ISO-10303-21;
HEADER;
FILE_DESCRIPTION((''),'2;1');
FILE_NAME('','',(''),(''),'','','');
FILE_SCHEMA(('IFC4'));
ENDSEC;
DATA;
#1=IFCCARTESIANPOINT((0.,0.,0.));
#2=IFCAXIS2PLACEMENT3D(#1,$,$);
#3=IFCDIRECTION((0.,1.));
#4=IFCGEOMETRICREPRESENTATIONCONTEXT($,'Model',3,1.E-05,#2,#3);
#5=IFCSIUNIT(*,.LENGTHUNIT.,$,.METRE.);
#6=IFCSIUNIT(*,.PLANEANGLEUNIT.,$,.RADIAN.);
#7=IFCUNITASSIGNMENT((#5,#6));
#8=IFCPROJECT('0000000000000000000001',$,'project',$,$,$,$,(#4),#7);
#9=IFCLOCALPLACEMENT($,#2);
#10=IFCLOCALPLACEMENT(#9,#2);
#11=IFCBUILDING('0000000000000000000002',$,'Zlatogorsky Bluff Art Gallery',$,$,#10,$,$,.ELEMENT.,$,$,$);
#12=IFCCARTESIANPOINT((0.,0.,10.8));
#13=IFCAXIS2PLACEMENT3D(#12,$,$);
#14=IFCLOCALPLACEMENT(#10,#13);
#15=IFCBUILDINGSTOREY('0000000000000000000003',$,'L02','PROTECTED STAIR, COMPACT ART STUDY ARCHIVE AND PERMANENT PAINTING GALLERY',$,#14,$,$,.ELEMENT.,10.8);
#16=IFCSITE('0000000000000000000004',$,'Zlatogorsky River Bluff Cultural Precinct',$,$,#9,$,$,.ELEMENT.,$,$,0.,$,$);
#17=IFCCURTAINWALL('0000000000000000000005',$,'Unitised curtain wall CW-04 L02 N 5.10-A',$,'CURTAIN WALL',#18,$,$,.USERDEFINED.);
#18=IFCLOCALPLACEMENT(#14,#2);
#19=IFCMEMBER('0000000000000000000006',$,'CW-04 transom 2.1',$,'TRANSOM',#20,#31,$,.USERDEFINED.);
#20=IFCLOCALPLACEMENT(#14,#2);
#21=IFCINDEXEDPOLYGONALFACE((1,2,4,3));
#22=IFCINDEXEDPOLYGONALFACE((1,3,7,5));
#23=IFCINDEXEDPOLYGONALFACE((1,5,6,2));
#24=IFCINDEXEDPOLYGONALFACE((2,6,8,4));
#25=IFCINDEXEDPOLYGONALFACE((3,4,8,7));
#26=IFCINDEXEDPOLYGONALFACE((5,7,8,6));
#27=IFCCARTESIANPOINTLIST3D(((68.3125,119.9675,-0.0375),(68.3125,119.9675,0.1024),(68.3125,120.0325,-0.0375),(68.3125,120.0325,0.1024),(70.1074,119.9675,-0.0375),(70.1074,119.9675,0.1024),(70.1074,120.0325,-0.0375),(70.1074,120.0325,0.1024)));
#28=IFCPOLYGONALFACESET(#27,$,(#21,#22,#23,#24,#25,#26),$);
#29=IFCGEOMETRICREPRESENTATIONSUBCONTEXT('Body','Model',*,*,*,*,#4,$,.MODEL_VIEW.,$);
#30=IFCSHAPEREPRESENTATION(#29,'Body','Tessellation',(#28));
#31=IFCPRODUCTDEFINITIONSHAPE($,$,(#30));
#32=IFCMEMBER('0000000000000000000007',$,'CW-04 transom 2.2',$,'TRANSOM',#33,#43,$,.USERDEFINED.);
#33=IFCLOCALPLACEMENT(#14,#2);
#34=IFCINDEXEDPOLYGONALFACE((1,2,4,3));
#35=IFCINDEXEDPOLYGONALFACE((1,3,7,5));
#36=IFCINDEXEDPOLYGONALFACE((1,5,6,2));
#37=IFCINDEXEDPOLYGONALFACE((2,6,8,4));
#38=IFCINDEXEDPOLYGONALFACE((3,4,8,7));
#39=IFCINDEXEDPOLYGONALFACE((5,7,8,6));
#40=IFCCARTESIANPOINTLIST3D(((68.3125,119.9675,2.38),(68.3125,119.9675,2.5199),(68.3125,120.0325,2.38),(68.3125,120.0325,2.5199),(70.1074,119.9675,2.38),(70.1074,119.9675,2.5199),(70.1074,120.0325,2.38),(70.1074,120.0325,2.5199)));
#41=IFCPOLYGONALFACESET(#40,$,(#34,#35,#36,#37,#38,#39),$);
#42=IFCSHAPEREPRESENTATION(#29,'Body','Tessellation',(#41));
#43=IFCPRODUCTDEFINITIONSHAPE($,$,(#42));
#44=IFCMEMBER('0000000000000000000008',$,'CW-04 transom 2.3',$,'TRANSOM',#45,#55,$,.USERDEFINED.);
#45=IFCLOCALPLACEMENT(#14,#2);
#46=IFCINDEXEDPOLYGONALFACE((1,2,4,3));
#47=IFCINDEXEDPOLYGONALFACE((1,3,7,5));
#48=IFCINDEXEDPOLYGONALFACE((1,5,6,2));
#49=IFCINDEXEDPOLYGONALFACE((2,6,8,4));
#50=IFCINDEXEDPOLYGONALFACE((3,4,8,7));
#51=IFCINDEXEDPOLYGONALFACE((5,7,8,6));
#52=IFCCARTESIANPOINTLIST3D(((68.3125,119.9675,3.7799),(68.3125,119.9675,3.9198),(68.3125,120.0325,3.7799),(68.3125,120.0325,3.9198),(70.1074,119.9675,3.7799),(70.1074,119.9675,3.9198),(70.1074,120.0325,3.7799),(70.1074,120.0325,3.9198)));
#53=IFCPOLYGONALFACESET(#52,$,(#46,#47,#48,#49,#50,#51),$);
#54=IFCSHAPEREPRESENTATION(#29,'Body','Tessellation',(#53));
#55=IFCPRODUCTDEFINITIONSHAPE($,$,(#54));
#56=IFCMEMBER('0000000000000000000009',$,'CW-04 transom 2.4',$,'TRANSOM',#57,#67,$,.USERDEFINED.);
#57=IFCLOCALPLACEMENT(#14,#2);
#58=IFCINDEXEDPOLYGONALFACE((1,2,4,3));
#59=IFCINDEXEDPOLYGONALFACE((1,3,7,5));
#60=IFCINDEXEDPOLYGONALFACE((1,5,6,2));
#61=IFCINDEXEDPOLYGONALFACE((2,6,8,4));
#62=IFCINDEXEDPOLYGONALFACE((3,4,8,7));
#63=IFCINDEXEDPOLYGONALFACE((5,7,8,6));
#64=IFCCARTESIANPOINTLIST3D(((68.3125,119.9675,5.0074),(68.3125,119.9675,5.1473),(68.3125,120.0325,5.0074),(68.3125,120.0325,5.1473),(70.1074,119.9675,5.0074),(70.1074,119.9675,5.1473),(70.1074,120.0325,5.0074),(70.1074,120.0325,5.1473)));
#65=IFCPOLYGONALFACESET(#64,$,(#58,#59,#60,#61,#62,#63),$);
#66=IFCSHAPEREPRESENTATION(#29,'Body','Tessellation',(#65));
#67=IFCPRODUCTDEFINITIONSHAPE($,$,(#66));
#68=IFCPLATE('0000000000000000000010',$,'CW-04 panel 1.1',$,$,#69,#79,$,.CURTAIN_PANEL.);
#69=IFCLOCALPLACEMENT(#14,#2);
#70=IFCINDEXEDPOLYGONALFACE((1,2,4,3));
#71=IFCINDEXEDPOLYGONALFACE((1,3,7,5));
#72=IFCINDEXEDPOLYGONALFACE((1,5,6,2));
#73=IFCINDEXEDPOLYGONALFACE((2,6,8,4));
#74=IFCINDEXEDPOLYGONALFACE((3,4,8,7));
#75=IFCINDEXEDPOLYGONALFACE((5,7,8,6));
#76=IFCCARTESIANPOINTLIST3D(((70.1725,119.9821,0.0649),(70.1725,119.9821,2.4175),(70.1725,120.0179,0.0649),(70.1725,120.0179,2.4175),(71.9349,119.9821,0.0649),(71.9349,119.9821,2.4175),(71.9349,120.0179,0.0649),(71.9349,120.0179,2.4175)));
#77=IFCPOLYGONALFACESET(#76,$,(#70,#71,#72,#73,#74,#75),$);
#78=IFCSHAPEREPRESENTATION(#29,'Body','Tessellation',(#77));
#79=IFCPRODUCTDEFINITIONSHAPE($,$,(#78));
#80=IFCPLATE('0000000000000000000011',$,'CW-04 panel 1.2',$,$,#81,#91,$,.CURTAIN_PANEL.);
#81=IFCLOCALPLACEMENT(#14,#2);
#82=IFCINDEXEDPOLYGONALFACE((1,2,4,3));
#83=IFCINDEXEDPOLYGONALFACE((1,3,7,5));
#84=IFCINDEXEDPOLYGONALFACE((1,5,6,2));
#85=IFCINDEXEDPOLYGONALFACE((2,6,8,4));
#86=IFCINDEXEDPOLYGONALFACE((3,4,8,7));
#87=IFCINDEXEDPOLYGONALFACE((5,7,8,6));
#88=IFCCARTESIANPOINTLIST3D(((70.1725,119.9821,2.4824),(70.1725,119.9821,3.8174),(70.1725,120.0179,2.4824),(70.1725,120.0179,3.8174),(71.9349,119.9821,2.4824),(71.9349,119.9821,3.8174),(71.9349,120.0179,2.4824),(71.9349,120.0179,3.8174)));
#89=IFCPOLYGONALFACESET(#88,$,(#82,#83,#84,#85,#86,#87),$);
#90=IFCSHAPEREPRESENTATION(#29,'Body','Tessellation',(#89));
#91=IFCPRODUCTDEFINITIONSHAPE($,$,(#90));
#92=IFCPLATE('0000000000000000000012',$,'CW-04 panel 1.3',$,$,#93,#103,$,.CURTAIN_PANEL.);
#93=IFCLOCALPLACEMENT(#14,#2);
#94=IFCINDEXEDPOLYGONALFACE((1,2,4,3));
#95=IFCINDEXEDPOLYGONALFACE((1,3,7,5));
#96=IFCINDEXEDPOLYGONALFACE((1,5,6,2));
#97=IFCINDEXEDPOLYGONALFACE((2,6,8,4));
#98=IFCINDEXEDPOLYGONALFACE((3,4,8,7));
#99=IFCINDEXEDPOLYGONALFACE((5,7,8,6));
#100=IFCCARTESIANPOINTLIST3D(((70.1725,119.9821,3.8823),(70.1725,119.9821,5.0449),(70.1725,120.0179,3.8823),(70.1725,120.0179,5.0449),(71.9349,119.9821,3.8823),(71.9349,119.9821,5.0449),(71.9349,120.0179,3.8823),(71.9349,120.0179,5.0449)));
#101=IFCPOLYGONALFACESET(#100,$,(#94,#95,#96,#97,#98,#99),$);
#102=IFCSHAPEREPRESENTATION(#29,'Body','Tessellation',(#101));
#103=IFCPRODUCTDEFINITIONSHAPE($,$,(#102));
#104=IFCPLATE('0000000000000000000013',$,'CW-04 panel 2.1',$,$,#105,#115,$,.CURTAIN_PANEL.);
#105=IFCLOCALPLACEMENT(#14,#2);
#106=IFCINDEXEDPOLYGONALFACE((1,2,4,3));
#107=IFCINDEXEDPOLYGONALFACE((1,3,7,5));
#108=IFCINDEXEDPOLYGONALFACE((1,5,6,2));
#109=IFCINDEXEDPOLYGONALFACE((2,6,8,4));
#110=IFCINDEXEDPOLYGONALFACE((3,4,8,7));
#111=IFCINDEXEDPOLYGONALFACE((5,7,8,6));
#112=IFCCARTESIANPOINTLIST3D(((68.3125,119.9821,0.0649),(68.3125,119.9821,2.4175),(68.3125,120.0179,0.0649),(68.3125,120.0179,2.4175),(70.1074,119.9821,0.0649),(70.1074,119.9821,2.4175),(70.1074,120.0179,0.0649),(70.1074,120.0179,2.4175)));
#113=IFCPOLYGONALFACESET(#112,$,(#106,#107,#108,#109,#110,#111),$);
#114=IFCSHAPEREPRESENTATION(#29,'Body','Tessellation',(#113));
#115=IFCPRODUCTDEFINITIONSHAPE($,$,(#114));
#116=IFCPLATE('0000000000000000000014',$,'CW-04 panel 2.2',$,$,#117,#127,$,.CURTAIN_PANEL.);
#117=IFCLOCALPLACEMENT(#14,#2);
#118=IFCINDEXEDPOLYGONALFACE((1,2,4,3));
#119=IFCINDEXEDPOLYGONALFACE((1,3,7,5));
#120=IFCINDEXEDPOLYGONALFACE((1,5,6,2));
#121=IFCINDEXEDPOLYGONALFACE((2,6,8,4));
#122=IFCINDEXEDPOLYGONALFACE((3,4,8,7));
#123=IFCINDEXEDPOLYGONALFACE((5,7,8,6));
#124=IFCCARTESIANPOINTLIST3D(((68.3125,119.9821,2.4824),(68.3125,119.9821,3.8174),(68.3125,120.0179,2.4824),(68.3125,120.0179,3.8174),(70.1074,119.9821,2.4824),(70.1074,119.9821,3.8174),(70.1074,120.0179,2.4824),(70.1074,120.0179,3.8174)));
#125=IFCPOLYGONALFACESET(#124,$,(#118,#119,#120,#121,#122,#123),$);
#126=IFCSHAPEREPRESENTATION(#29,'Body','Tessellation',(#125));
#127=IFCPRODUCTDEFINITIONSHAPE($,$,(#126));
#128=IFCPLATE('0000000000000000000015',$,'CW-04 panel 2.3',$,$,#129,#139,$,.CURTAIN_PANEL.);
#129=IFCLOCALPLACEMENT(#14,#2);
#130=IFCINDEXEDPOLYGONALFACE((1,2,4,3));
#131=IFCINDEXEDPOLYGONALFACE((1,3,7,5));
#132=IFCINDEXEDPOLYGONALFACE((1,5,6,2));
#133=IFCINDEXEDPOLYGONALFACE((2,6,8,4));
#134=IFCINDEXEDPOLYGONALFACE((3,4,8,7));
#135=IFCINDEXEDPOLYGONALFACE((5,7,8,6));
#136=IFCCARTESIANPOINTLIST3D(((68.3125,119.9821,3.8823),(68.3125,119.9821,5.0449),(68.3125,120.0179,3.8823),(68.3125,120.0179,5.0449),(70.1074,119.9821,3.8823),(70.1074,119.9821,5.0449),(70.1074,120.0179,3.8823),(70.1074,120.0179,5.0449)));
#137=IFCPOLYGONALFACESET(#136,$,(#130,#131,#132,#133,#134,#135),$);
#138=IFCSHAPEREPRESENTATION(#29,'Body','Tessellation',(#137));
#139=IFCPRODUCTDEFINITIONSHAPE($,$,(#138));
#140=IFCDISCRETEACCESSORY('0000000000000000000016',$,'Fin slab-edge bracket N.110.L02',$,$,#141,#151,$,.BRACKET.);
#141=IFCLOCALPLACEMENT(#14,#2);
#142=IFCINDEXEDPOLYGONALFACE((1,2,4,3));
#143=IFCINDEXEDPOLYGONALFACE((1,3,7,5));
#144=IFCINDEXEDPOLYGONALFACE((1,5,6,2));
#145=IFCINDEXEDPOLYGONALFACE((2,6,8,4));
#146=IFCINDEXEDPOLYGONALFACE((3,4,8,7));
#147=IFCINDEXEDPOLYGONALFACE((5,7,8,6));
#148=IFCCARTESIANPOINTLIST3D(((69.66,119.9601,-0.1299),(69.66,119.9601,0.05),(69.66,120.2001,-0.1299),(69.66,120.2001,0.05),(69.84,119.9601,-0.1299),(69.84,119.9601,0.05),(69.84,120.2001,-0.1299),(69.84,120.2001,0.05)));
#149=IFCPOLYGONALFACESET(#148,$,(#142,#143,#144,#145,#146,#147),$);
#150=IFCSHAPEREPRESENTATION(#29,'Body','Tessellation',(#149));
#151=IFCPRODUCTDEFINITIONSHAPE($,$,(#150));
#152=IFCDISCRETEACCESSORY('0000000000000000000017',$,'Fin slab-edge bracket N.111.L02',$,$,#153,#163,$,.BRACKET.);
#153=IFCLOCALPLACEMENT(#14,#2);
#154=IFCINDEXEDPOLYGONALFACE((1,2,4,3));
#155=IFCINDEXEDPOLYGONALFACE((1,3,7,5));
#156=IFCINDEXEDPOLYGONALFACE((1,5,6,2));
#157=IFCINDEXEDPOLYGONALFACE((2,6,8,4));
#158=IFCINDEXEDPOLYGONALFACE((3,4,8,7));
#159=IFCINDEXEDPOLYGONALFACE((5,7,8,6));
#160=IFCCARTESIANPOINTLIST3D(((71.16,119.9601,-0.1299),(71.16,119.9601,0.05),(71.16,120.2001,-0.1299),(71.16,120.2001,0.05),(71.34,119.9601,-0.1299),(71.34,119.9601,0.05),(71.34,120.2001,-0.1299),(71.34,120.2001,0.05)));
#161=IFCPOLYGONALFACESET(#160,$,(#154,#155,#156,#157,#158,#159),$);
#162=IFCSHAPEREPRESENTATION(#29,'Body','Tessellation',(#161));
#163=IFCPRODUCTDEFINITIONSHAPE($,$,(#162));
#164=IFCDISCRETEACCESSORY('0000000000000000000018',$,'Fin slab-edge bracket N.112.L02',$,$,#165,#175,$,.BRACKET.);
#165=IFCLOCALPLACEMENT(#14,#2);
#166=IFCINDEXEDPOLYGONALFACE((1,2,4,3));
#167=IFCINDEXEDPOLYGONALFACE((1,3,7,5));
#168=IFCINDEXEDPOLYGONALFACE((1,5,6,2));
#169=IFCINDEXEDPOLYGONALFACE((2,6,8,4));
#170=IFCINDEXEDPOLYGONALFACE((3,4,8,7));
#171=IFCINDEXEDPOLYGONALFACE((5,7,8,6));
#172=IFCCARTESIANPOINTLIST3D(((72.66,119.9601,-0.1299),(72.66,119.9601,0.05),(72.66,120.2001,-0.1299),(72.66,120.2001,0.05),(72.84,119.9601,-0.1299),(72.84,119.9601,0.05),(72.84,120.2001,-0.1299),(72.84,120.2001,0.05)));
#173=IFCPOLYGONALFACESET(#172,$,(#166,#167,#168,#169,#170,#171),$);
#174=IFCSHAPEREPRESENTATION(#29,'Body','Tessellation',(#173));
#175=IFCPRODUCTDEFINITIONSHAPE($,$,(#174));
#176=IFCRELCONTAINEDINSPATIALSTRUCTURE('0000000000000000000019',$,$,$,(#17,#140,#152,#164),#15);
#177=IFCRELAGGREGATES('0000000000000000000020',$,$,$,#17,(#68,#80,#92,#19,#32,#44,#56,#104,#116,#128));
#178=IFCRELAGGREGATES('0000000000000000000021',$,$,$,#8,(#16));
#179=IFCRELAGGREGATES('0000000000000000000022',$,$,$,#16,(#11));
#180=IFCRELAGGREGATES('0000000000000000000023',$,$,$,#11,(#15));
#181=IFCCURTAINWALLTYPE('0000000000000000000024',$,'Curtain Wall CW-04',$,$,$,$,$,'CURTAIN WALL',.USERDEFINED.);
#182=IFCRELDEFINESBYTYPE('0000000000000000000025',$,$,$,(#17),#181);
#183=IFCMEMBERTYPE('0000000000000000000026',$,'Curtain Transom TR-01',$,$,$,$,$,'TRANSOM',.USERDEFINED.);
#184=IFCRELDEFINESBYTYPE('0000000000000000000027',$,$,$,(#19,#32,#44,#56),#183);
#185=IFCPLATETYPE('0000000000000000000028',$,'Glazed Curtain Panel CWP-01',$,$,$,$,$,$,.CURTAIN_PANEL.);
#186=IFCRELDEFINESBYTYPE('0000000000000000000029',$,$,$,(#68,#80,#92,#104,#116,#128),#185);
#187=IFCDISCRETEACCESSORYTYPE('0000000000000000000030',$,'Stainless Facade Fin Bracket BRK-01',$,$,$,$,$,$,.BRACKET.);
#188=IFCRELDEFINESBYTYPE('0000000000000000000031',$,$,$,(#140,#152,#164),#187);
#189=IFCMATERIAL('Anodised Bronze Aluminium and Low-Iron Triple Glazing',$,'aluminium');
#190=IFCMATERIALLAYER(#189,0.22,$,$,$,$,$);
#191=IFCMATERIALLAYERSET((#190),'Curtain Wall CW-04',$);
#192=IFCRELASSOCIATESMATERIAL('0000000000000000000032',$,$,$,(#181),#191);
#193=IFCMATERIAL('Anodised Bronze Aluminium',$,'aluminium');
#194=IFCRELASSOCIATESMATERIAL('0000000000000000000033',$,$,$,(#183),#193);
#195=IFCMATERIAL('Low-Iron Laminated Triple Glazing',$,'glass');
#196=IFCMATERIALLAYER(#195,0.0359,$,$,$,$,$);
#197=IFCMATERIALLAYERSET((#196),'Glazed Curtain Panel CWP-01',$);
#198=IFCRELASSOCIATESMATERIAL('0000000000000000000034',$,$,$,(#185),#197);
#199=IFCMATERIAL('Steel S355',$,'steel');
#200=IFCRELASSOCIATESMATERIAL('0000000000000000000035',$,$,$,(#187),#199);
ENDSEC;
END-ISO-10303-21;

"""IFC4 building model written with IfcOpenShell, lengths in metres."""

from ifc_helpers import new_model, si_unit, direction, frame, origin, origin_2d, place, context, subcontext, project, spatial, rectangle, extrude, material, layer, layer_set, material_profile, profile_set, type_object, element, aggregate, save


model = new_model("IFC4")

# Units and contexts
model_context = context("Model", 3, precision=1e-05, world=origin(), true_north=direction((0.0, 1.0)))
body_context = subcontext(model_context, "Body", "Model", "MODEL_VIEW")
ifc_project = project(units=[si_unit("LENGTHUNIT", "METRE"), si_unit("PLANEANGLEUNIT", "RADIAN")], contexts=[model_context])

# Site, building, storey
site_placement = place(None, origin())
site = spatial("IfcSite", under=ifc_project, at=site_placement, Name="Zlatogorsky River Bluff Cultural Precinct", CompositionType="ELEMENT", RefElevation=0.0)
building_placement = place(site_placement, origin())
building = spatial("IfcBuilding", under=site, at=building_placement, Name="Zlatogorsky Bluff Art Gallery", CompositionType="ELEMENT")
storey_placement = place(building_placement, frame((0.0, 0.0, 10.8)))
storey = spatial("IfcBuildingStorey", under=building, at=storey_placement, Name="L02", Description="PROTECTED STAIR, COMPACT ART STUDY ARCHIVE AND PERMANENT PAINTING GALLERY", CompositionType="ELEMENT", Elevation=10.8)

# Shared definitions
ifc_material_1 = material(Name="Steel S355", Category="steel")

# Curtain wall, members, plates
ifc_material_2 = material(Name="Anodised Bronze Aluminium and Low-Iron Triple Glazing", Category="aluminium")
ifc_layer_1 = layer(ifc_material_2, 0.22)
ifc_layer_set_1 = layer_set([ifc_layer_1], Name="Curtain Wall CW-04")
curtain_wall_type = type_object("IfcCurtainWallType", Name="Curtain Wall CW-04", ElementType="CURTAIN WALL", PredefinedType="USERDEFINED", material=ifc_layer_set_1)
curtain_wall_placement = place(storey_placement, origin())
curtain_wall = element("IfcCurtainWall", 1, at=curtain_wall_placement, inside=storey, type_object=curtain_wall_type, Name="Unitised curtain wall CW-04 L02 N 5.10-A", ObjectType="CURTAIN WALL", PredefinedType="USERDEFINED")
ifc_material_3 = material(Name="Anodised Bronze Aluminium", Category="aluminium")
ifc_material_profile_1 = material_profile(ifc_material_3, rectangle(XDim=0.0649, YDim=0.1399, at=origin_2d()), Name="ALU TRANSOM 65x140")
ifc_profile_set_1 = profile_set([ifc_material_profile_1], Name="Anodised Bronze Aluminium")
member_type_1 = type_object("IfcMemberType", Name="Curtain Transom TR-01", ElementType="TRANSOM", PredefinedType="USERDEFINED", material=ifc_profile_set_1)
member_1_placement = place(storey_placement, frame((70.1074, 120.0, 0.0325), z_axis=(-1.0, 0.0, 0.0), x_axis=(0.0, -1.0, 0.0)))
member_1 = element("IfcMember", 2, at=member_1_placement, type_object=member_type_1, Name="CW-04 transom 2.1", ObjectType="TRANSOM", PredefinedType="USERDEFINED", context=body_context, shape_type="SweptSolid", body=[
    extrude(rectangle(XDim=0.0649, YDim=0.1399, at=origin_2d()), origin(), (0.0, 0.0, 1.0), 1.7949),
])
member_2_placement = place(storey_placement, frame((70.1074, 120.0, 2.45), z_axis=(-1.0, 0.0, 0.0), x_axis=(0.0, -1.0, 0.0)))
member_2 = element("IfcMember", 3, at=member_2_placement, type_object=member_type_1, Name="CW-04 transom 2.2", ObjectType="TRANSOM", PredefinedType="USERDEFINED", context=body_context, shape_type="SweptSolid", body=[
    extrude(rectangle(XDim=0.0649, YDim=0.1399, at=origin_2d()), origin(), (0.0, 0.0, 1.0), 1.7949),
])
member_3_placement = place(storey_placement, frame((70.1074, 120.0, 3.8499), z_axis=(-1.0, 0.0, 0.0), x_axis=(0.0, -1.0, 0.0)))
member_3 = element("IfcMember", 4, at=member_3_placement, type_object=member_type_1, Name="CW-04 transom 2.3", ObjectType="TRANSOM", PredefinedType="USERDEFINED", context=body_context, shape_type="SweptSolid", body=[
    extrude(rectangle(XDim=0.0649, YDim=0.1399, at=origin_2d()), origin(), (0.0, 0.0, 1.0), 1.7949),
])
member_4_placement = place(storey_placement, frame((70.1074, 120.0, 5.0774), z_axis=(-1.0, 0.0, 0.0), x_axis=(0.0, -1.0, 0.0)))
member_4 = element("IfcMember", 5, at=member_4_placement, type_object=member_type_1, Name="CW-04 transom 2.4", ObjectType="TRANSOM", PredefinedType="USERDEFINED", context=body_context, shape_type="SweptSolid", body=[
    extrude(rectangle(XDim=0.0649, YDim=0.1399, at=origin_2d()), origin(), (0.0, 0.0, 1.0), 1.7949),
])
ifc_material_4 = material(Name="Low-Iron Laminated Triple Glazing", Category="glass")
ifc_layer_2 = layer(ifc_material_4, 0.0359)
ifc_layer_set_2 = layer_set([ifc_layer_2], Name="Glazed Curtain Panel CWP-01")
plate_type = type_object("IfcPlateType", Name="Glazed Curtain Panel CWP-01", PredefinedType="CURTAIN_PANEL", material=ifc_layer_set_2)
plate_1_placement = place(storey_placement, frame((71.0537, 120.0, 0.0649), z_axis=(0.0, 0.0, 1.0), x_axis=(-1.0, 0.0, 0.0)))
plate_1 = element("IfcPlate", 6, at=plate_1_placement, type_object=plate_type, Name="CW-04 panel 1.1", PredefinedType="CURTAIN_PANEL", context=body_context, shape_type="SweptSolid", body=[
    extrude(rectangle(XDim=1.7625, YDim=0.0359, at=origin_2d()), origin(), (0.0, 0.0, 1.0), 2.3525),
])
plate_2_placement = place(storey_placement, frame((71.0537, 120.0, 2.4824), z_axis=(0.0, 0.0, 1.0), x_axis=(-1.0, 0.0, 0.0)))
plate_2 = element("IfcPlate", 7, at=plate_2_placement, type_object=plate_type, Name="CW-04 panel 1.2", PredefinedType="CURTAIN_PANEL", context=body_context, shape_type="SweptSolid", body=[
    extrude(rectangle(XDim=1.7625, YDim=0.0359, at=origin_2d()), origin(), (0.0, 0.0, 1.0), 1.335),
])
plate_3_placement = place(storey_placement, frame((71.0537, 120.0, 3.8823), z_axis=(0.0, 0.0, 1.0), x_axis=(-1.0, 0.0, 0.0)))
plate_3 = element("IfcPlate", 8, at=plate_3_placement, type_object=plate_type, Name="CW-04 panel 1.3", PredefinedType="CURTAIN_PANEL", context=body_context, shape_type="SweptSolid", body=[
    extrude(rectangle(XDim=1.7625, YDim=0.0359, at=origin_2d()), origin(), (0.0, 0.0, 1.0), 1.1626),
])
plate_4_placement = place(storey_placement, frame((69.21, 120.0, 0.0649), z_axis=(0.0, 0.0, 1.0), x_axis=(-1.0, 0.0, 0.0)))
plate_4 = element("IfcPlate", 9, at=plate_4_placement, type_object=plate_type, Name="CW-04 panel 2.1", PredefinedType="CURTAIN_PANEL", context=body_context, shape_type="SweptSolid", body=[
    extrude(rectangle(XDim=1.7949, YDim=0.0359, at=origin_2d()), origin(), (0.0, 0.0, 1.0), 2.3525),
])
plate_5_placement = place(storey_placement, frame((69.21, 120.0, 2.4824), z_axis=(0.0, 0.0, 1.0), x_axis=(-1.0, 0.0, 0.0)))
plate_5 = element("IfcPlate", 10, at=plate_5_placement, type_object=plate_type, Name="CW-04 panel 2.2", PredefinedType="CURTAIN_PANEL", context=body_context, shape_type="SweptSolid", body=[
    extrude(rectangle(XDim=1.7949, YDim=0.0359, at=origin_2d()), origin(), (0.0, 0.0, 1.0), 1.335),
])
plate_6_placement = place(storey_placement, frame((69.21, 120.0, 3.8823), z_axis=(0.0, 0.0, 1.0), x_axis=(-1.0, 0.0, 0.0)))
plate_6 = element("IfcPlate", 11, at=plate_6_placement, type_object=plate_type, Name="CW-04 panel 2.3", PredefinedType="CURTAIN_PANEL", context=body_context, shape_type="SweptSolid", body=[
    extrude(rectangle(XDim=1.7949, YDim=0.0359, at=origin_2d()), origin(), (0.0, 0.0, 1.0), 1.1626),
])
aggregate(curtain_wall, [plate_1, plate_2, plate_3, member_1, member_2, member_3, member_4, plate_4, plate_5, plate_6])

# Discrete accessories
discrete_accessory_type = type_object("IfcDiscreteAccessoryType", Name="Stainless Facade Fin Bracket BRK-01", PredefinedType="BRACKET", material=ifc_material_1)
for number, where, z_axis, x_axis, name in (
    (12, (69.75, 120.0801, -0.1299), (0.0, 0.0, 1.0), (1.0, 0.0, 0.0), "Fin slab-edge bracket N.110.L02"),
    (13, (71.25, 120.0801, -0.1299), (0.0, 0.0, 1.0), (1.0, 0.0, 0.0), "Fin slab-edge bracket N.111.L02"),
    (14, (72.75, 120.0801, -0.1299), (0.0, 0.0, 1.0), (1.0, 0.0, 0.0), "Fin slab-edge bracket N.112.L02"),
):
    element("IfcDiscreteAccessory", number, at=place(storey_placement, frame(where, z_axis=z_axis, x_axis=x_axis)), inside=storey, type_object=discrete_accessory_type, Name=name, PredefinedType="BRACKET", context=body_context, shape_type="SweptSolid", body=[
        extrude(rectangle(XDim=0.1799, YDim=0.24, at=origin_2d()), origin(), (0.0, 0.0, 1.0), 0.1799),
    ])

save(model, "model.ifc")
